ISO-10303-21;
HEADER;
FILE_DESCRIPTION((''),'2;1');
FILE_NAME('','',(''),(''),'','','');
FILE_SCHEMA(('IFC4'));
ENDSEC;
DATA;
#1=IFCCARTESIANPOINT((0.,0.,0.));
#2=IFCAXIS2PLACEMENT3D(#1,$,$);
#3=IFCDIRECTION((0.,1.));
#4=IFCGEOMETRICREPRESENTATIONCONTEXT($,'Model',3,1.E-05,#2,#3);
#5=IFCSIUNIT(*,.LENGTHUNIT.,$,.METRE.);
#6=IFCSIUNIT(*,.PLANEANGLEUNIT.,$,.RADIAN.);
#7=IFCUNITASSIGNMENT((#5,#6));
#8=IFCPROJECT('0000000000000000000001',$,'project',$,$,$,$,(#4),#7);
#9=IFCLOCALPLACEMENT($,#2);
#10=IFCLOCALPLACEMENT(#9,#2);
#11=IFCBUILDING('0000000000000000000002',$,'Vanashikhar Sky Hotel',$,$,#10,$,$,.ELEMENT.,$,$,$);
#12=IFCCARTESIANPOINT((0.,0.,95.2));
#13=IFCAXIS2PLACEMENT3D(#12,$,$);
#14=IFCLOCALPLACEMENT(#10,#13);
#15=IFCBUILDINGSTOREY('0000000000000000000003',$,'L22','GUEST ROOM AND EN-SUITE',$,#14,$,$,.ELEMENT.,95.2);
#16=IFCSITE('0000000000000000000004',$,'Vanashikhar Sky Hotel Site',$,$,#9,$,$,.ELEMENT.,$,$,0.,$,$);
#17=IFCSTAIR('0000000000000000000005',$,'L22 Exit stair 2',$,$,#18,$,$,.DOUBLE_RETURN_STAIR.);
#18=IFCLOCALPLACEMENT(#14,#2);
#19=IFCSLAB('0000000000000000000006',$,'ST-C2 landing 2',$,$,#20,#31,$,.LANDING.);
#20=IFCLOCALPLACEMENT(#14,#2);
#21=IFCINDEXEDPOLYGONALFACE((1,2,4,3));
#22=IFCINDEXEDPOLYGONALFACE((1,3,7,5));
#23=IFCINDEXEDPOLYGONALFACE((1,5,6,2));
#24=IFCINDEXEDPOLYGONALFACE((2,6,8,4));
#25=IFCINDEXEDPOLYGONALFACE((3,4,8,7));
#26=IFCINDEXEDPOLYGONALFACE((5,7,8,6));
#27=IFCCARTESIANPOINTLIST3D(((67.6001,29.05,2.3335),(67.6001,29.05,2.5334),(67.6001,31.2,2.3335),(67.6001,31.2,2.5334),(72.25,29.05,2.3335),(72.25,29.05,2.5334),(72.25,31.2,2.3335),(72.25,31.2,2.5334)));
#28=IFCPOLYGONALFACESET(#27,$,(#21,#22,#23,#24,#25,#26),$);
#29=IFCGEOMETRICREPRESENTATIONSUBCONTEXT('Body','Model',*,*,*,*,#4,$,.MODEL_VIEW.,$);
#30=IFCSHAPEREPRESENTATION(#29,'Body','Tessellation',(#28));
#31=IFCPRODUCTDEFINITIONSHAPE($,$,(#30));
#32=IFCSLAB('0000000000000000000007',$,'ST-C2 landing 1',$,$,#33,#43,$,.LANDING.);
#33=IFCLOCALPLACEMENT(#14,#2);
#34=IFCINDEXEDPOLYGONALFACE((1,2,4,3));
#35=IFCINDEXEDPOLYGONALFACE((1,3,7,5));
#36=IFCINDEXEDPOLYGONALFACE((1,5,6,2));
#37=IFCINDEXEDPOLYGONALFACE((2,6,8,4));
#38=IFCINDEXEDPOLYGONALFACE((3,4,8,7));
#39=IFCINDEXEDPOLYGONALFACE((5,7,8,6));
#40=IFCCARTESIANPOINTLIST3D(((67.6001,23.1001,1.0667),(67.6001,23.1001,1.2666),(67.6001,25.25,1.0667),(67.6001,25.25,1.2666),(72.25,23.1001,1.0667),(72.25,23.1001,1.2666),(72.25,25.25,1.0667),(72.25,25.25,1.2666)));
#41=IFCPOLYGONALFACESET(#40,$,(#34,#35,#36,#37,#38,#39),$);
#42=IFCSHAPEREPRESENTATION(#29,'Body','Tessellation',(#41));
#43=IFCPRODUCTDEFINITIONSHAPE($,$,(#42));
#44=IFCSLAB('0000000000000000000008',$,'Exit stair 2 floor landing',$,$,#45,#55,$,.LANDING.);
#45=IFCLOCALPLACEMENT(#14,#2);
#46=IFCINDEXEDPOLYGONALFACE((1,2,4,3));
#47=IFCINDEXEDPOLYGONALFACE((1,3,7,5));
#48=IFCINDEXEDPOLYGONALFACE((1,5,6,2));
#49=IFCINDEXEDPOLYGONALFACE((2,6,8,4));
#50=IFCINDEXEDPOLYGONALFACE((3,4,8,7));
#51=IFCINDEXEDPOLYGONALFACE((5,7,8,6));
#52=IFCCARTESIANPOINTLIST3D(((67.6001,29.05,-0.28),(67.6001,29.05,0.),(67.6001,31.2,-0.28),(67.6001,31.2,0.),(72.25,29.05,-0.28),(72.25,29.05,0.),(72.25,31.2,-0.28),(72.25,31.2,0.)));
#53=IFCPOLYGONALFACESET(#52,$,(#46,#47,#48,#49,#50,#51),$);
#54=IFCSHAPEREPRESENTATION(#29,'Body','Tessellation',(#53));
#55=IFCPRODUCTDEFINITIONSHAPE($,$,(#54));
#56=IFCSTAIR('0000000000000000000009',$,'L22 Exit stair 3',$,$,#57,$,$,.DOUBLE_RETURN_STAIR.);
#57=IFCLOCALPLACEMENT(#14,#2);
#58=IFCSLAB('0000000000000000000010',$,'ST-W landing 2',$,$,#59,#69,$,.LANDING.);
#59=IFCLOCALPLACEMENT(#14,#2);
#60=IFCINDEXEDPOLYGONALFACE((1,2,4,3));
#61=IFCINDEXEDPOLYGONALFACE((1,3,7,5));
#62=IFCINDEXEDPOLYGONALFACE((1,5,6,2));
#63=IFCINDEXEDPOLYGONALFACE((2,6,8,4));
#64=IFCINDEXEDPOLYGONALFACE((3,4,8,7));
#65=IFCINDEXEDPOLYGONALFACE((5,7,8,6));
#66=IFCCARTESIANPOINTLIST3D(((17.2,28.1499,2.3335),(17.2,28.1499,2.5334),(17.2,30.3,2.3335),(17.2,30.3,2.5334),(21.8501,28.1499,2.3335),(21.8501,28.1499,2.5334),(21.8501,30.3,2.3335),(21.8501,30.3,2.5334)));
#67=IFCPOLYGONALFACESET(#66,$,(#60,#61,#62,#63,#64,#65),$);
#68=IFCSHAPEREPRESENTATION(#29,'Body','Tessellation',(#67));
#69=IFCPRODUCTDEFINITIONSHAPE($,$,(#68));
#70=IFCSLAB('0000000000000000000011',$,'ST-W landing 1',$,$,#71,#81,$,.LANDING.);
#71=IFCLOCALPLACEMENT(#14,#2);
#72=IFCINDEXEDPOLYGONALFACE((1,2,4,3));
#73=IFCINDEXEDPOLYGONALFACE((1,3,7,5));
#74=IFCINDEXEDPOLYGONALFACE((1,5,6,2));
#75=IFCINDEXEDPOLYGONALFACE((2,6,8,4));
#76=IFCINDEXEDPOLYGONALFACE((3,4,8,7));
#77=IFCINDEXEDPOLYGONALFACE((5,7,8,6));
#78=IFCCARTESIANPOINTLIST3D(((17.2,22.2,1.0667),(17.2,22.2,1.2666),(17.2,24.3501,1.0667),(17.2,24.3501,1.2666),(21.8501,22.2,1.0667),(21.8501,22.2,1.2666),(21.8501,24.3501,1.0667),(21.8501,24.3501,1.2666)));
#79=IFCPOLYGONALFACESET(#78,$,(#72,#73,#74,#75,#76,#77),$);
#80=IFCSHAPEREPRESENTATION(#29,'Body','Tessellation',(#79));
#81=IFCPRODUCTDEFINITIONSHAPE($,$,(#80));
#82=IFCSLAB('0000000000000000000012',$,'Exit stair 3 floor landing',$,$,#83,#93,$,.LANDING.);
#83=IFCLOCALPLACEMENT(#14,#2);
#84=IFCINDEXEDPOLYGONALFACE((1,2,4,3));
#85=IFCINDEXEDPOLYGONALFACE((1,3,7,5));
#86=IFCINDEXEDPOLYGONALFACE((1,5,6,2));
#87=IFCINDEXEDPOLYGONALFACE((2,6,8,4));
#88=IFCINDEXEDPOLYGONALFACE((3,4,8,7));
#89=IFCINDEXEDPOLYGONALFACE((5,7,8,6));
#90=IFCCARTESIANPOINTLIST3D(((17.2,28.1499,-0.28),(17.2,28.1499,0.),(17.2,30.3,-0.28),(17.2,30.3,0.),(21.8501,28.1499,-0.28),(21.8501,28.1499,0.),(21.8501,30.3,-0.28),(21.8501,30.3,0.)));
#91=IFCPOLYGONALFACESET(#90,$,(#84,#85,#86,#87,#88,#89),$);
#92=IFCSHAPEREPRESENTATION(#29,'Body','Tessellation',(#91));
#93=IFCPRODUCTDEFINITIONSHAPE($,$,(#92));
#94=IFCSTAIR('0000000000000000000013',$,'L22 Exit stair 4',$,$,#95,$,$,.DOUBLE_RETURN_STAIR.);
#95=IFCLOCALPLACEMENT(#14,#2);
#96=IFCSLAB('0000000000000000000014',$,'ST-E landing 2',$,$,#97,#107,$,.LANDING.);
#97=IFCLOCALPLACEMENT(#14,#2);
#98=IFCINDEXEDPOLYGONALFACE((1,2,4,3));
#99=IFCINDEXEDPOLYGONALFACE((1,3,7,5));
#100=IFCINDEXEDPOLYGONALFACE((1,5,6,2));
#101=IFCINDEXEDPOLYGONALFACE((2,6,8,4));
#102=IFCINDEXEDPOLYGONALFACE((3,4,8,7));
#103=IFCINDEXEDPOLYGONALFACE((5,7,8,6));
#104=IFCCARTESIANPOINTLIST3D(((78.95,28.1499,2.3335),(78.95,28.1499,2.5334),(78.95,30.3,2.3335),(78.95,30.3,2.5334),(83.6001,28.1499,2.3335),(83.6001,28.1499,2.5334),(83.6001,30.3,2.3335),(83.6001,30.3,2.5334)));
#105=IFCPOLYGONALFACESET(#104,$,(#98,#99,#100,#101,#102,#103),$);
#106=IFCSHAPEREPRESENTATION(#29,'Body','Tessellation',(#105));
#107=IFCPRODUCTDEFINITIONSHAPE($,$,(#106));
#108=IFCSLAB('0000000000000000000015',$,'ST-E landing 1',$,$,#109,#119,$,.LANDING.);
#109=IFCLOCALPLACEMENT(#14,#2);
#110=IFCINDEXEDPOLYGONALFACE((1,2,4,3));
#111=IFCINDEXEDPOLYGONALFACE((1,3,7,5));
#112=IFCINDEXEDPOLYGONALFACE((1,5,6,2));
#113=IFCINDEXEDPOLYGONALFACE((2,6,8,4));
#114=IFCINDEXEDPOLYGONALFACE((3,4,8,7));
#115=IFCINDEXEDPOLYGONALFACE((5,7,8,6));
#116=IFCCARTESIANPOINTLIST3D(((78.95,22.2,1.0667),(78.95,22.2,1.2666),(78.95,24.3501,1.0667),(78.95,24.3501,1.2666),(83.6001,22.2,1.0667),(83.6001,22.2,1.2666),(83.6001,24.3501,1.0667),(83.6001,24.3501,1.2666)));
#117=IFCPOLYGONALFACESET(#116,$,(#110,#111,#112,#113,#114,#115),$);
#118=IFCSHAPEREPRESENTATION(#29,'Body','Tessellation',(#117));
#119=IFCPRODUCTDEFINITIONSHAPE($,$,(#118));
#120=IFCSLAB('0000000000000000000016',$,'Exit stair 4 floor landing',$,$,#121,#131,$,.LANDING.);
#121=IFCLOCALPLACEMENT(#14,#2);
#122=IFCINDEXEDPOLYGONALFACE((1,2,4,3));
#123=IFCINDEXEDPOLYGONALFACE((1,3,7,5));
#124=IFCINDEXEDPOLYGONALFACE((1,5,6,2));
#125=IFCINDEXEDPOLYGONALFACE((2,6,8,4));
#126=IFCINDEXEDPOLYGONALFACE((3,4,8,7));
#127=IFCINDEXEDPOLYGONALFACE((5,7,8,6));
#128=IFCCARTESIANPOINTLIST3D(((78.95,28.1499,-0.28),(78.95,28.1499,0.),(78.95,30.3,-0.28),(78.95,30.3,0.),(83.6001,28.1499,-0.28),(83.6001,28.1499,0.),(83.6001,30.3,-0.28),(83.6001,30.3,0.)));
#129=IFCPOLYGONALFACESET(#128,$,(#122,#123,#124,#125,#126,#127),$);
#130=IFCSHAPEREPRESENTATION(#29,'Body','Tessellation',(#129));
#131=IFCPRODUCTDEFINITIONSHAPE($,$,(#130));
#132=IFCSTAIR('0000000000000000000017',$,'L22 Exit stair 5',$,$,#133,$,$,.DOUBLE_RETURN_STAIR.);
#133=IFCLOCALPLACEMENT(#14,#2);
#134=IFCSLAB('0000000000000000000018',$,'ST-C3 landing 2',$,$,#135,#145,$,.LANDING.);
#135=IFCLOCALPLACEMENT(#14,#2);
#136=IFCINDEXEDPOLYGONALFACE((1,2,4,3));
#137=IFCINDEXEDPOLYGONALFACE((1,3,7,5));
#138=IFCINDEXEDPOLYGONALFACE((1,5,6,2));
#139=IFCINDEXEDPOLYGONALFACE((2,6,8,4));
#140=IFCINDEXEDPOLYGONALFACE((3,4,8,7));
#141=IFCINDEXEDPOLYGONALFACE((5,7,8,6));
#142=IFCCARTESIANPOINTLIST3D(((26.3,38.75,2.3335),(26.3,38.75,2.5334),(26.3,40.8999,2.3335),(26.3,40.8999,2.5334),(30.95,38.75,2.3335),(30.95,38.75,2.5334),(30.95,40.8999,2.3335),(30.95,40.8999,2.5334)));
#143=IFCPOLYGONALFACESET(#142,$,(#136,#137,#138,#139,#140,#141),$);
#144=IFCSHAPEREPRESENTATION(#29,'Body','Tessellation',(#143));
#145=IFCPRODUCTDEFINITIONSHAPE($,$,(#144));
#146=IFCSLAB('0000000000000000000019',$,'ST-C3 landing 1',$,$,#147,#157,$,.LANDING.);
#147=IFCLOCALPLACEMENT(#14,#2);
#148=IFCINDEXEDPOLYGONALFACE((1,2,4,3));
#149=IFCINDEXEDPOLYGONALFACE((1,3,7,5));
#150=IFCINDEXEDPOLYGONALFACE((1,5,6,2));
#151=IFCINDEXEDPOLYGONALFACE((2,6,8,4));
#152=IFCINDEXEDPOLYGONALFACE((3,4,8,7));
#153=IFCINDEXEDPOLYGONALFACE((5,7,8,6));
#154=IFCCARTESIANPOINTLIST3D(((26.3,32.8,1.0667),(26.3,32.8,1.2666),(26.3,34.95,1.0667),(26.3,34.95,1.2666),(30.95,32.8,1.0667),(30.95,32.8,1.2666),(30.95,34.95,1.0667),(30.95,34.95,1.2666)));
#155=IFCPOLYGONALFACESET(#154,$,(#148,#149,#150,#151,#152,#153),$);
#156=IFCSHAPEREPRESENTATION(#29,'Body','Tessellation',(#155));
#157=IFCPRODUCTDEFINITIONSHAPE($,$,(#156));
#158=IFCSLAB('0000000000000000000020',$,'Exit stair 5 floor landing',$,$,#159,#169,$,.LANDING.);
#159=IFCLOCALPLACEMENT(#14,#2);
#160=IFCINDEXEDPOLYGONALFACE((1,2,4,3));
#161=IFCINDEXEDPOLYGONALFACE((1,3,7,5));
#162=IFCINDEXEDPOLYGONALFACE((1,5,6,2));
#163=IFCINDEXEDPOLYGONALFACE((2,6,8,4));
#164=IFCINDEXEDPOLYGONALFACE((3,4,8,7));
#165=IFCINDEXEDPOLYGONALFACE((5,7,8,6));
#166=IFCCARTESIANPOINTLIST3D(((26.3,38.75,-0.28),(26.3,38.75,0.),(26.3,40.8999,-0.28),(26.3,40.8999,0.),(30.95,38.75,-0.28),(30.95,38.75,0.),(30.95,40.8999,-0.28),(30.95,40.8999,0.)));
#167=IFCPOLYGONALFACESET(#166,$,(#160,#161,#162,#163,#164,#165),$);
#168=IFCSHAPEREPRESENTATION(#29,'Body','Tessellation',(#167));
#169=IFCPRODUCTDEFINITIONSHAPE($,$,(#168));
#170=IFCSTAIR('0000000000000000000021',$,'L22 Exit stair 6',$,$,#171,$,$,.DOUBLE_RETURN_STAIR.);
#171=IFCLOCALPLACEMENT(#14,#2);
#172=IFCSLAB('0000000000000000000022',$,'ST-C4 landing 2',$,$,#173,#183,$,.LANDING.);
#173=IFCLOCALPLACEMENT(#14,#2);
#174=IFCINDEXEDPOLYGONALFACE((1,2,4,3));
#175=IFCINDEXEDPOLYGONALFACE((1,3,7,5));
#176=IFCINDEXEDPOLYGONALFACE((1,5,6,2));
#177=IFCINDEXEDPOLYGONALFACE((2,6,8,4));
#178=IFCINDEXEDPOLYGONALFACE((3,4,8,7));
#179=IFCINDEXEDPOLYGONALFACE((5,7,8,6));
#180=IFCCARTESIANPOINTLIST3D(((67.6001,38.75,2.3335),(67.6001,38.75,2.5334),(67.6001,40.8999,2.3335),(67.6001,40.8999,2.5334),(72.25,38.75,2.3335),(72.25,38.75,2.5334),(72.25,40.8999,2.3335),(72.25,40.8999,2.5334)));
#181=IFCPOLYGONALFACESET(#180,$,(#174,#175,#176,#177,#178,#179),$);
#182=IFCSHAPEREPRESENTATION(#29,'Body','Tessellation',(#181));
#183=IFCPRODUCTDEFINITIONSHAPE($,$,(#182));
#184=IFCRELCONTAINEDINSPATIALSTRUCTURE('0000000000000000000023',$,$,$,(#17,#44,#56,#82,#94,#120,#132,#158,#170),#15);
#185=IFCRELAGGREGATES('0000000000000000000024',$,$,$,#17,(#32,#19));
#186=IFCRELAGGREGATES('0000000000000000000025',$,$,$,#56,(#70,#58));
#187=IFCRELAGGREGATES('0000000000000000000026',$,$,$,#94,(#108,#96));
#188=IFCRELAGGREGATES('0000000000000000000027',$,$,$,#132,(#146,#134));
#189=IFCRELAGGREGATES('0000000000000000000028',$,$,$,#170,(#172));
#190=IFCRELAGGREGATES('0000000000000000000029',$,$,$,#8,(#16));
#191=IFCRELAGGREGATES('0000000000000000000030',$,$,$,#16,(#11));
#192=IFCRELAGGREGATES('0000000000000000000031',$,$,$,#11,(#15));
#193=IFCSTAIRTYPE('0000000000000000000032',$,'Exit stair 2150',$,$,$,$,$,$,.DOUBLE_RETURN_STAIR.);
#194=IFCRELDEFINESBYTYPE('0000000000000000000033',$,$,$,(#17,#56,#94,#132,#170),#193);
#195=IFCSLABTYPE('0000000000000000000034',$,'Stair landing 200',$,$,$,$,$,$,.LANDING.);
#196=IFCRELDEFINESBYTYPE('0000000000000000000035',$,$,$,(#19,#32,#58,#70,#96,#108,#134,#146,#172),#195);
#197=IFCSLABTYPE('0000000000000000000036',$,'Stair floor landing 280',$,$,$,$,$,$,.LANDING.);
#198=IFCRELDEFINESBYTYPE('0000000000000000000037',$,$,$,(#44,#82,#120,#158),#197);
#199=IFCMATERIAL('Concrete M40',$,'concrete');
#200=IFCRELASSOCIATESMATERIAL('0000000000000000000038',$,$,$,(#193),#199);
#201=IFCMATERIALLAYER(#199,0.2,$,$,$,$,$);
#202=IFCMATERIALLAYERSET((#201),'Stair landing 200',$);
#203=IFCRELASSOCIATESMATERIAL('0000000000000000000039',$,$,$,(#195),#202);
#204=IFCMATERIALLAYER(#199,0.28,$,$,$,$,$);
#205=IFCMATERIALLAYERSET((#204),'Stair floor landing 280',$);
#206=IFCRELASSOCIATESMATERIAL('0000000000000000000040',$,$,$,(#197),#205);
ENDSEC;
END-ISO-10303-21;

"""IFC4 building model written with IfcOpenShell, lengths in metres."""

from ifc_helpers import new_model, si_unit, direction, frame, origin, place, context, subcontext, project, spatial, polyline, outline, extrude, source, transform, mapped, material, layer, layer_set, type_object, element, aggregate, save


model = new_model("IFC4")

# Units and contexts
model_context = context("Model", 3, precision=1e-05, world=origin(), true_north=direction((0.0, 1.0)))
body_context = subcontext(model_context, "Body", "Model", "MODEL_VIEW")
ifc_project = project(units=[si_unit("LENGTHUNIT", "METRE"), si_unit("PLANEANGLEUNIT", "RADIAN")], contexts=[model_context])

# Site, building, storey
site_placement = place(None, origin())
site = spatial("IfcSite", under=ifc_project, at=site_placement, Name="Vanashikhar Sky Hotel Site", CompositionType="ELEMENT", RefElevation=0.0)
building_placement = place(site_placement, origin())
building = spatial("IfcBuilding", under=site, at=building_placement, Name="Vanashikhar Sky Hotel", CompositionType="ELEMENT")
storey_placement = place(building_placement, frame((0.0, 0.0, 95.2)))
storey = spatial("IfcBuildingStorey", under=building, at=storey_placement, Name="L22", Description="GUEST ROOM AND EN-SUITE", CompositionType="ELEMENT", Elevation=95.2)

# Shared definitions
ifc_material_1 = material(Name="Concrete M40", Category="concrete")

# Shared definitions
stair_type = type_object("IfcStairType", Name="Exit stair 2150", PredefinedType="DOUBLE_RETURN_STAIR", material=ifc_material_1)
ifc_layer_1 = layer(ifc_material_1, 0.2)
ifc_layer_set_1 = layer_set([ifc_layer_1], Name="Stair landing 200")
slab_type_1 = type_object("IfcSlabType", Name="Stair landing 200", PredefinedType="LANDING", material=ifc_layer_set_1)

# Shared definitions
ifc_layer_2 = layer(ifc_material_1, 0.28)
ifc_layer_set_2 = layer_set([ifc_layer_2], Name="Stair floor landing 280")
slab_type_2 = type_object("IfcSlabType", Name="Stair floor landing 280", PredefinedType="LANDING", material=ifc_layer_set_2)

# Stair, slabs
stair_1_placement = place(storey_placement, origin())
stair_1 = element("IfcStair", 1, at=stair_1_placement, inside=storey, type_object=stair_type, Name="L22 Exit stair 2", PredefinedType="DOUBLE_RETURN_STAIR")
shared_shape_1 = source(origin(), body_context, "Body", "SweptSolid", [
    extrude(outline(polyline([(72.25, 29.05), (72.25, 31.2), (67.6001, 31.2), (67.6001, 29.05), (72.25, 29.05)])), origin(), (0.0, 0.0, 1.0), 0.2),
])
slab_1_placement = place(storey_placement, frame((0.0, 0.0, 2.3335)))
slab_1 = element("IfcSlab", 2, at=slab_1_placement, type_object=slab_type_1, Name="ST-C2 landing 2", PredefinedType="LANDING", context=body_context, shape_type="MappedRepresentation", body=[
    mapped(shared_shape_1, transform((0.0, 0.0, 0.0), scale=1.0)),
])
shared_shape_2 = source(origin(), body_context, "Body", "SweptSolid", [
    extrude(outline(polyline([(72.25, 23.1001), (72.25, 25.25), (67.6001, 25.25), (67.6001, 23.1001), (72.25, 23.1001)])), origin(), (0.0, 0.0, 1.0), 0.2),
])
slab_2_placement = place(storey_placement, frame((0.0, 0.0, 1.0667)))
slab_2 = element("IfcSlab", 3, at=slab_2_placement, type_object=slab_type_1, Name="ST-C2 landing 1", PredefinedType="LANDING", context=body_context, shape_type="MappedRepresentation", body=[
    mapped(shared_shape_2, transform((0.0, 0.0, 0.0), scale=1.0)),
])
aggregate(stair_1, [slab_2, slab_1])

# Slab
shared_shape_3 = source(origin(), body_context, "Body", "SweptSolid", [
    extrude(outline(polyline([(72.25, 29.05), (72.25, 31.2), (67.6001, 31.2), (67.6001, 29.05), (72.25, 29.05)])), origin(), (0.0, 0.0, 1.0), 0.28),
])
slab_3_placement = place(storey_placement, frame((0.0, 0.0, -0.28)))
element("IfcSlab", 4, at=slab_3_placement, inside=storey, type_object=slab_type_2, Name="Exit stair 2 floor landing", PredefinedType="LANDING", context=body_context, shape_type="MappedRepresentation", body=[
    mapped(shared_shape_3, transform((0.0, 0.0, 0.0), scale=1.0)),
])

# Stair, slabs
stair_2_placement = place(storey_placement, origin())
stair_2 = element("IfcStair", 5, at=stair_2_placement, inside=storey, type_object=stair_type, Name="L22 Exit stair 3", PredefinedType="DOUBLE_RETURN_STAIR")
shared_shape_4 = source(origin(), body_context, "Body", "SweptSolid", [
    extrude(outline(polyline([(21.8501, 28.1499), (21.8501, 30.3), (17.2, 30.3), (17.2, 28.1499), (21.8501, 28.1499)])), origin(), (0.0, 0.0, 1.0), 0.2),
])
slab_4_placement = place(storey_placement, frame((0.0, 0.0, 2.3335)))
slab_4 = element("IfcSlab", 6, at=slab_4_placement, type_object=slab_type_1, Name="ST-W landing 2", PredefinedType="LANDING", context=body_context, shape_type="MappedRepresentation", body=[
    mapped(shared_shape_4, transform((0.0, 0.0, 0.0), scale=1.0)),
])
shared_shape_5 = source(origin(), body_context, "Body", "SweptSolid", [
    extrude(outline(polyline([(21.8501, 22.2), (21.8501, 24.3501), (17.2, 24.3501), (17.2, 22.2), (21.8501, 22.2)])), origin(), (0.0, 0.0, 1.0), 0.2),
])
slab_5_placement = place(storey_placement, frame((0.0, 0.0, 1.0667)))
slab_5 = element("IfcSlab", 7, at=slab_5_placement, type_object=slab_type_1, Name="ST-W landing 1", PredefinedType="LANDING", context=body_context, shape_type="MappedRepresentation", body=[
    mapped(shared_shape_5, transform((0.0, 0.0, 0.0), scale=1.0)),
])
aggregate(stair_2, [slab_5, slab_4])

# Slab
shared_shape_6 = source(origin(), body_context, "Body", "SweptSolid", [
    extrude(outline(polyline([(21.8501, 28.1499), (21.8501, 30.3), (17.2, 30.3), (17.2, 28.1499), (21.8501, 28.1499)])), origin(), (0.0, 0.0, 1.0), 0.28),
])
slab_6_placement = place(storey_placement, frame((0.0, 0.0, -0.28)))
element("IfcSlab", 8, at=slab_6_placement, inside=storey, type_object=slab_type_2, Name="Exit stair 3 floor landing", PredefinedType="LANDING", context=body_context, shape_type="MappedRepresentation", body=[
    mapped(shared_shape_6, transform((0.0, 0.0, 0.0), scale=1.0)),
])

# Stair, slabs
stair_3_placement = place(storey_placement, origin())
stair_3 = element("IfcStair", 9, at=stair_3_placement, inside=storey, type_object=stair_type, Name="L22 Exit stair 4", PredefinedType="DOUBLE_RETURN_STAIR")
shared_shape_7 = source(origin(), body_context, "Body", "SweptSolid", [
    extrude(outline(polyline([(83.6001, 28.1499), (83.6001, 30.3), (78.95, 30.3), (78.95, 28.1499), (83.6001, 28.1499)])), origin(), (0.0, 0.0, 1.0), 0.2),
])
slab_7_placement = place(storey_placement, frame((0.0, 0.0, 2.3335)))
slab_7 = element("IfcSlab", 10, at=slab_7_placement, type_object=slab_type_1, Name="ST-E landing 2", PredefinedType="LANDING", context=body_context, shape_type="MappedRepresentation", body=[
    mapped(shared_shape_7, transform((0.0, 0.0, 0.0), scale=1.0)),
])
shared_shape_8 = source(origin(), body_context, "Body", "SweptSolid", [
    extrude(outline(polyline([(83.6001, 22.2), (83.6001, 24.3501), (78.95, 24.3501), (78.95, 22.2), (83.6001, 22.2)])), origin(), (0.0, 0.0, 1.0), 0.2),
])
slab_8_placement = place(storey_placement, frame((0.0, 0.0, 1.0667)))
slab_8 = element("IfcSlab", 11, at=slab_8_placement, type_object=slab_type_1, Name="ST-E landing 1", PredefinedType="LANDING", context=body_context, shape_type="MappedRepresentation", body=[
    mapped(shared_shape_8, transform((0.0, 0.0, 0.0), scale=1.0)),
])
aggregate(stair_3, [slab_8, slab_7])

# Slab
shared_shape_9 = source(origin(), body_context, "Body", "SweptSolid", [
    extrude(outline(polyline([(83.6001, 28.1499), (83.6001, 30.3), (78.95, 30.3), (78.95, 28.1499), (83.6001, 28.1499)])), origin(), (0.0, 0.0, 1.0), 0.28),
])
slab_9_placement = place(storey_placement, frame((0.0, 0.0, -0.28)))
element("IfcSlab", 12, at=slab_9_placement, inside=storey, type_object=slab_type_2, Name="Exit stair 4 floor landing", PredefinedType="LANDING", context=body_context, shape_type="MappedRepresentation", body=[
    mapped(shared_shape_9, transform((0.0, 0.0, 0.0), scale=1.0)),
])

# Stair, slabs
stair_4_placement = place(storey_placement, origin())
stair_4 = element("IfcStair", 13, at=stair_4_placement, inside=storey, type_object=stair_type, Name="L22 Exit stair 5", PredefinedType="DOUBLE_RETURN_STAIR")
shared_shape_10 = source(origin(), body_context, "Body", "SweptSolid", [
    extrude(outline(polyline([(30.95, 38.75), (30.95, 40.8999), (26.3, 40.8999), (26.3, 38.75), (30.95, 38.75)])), origin(), (0.0, 0.0, 1.0), 0.2),
])
slab_10_placement = place(storey_placement, frame((0.0, 0.0, 2.3335)))
slab_10 = element("IfcSlab", 14, at=slab_10_placement, type_object=slab_type_1, Name="ST-C3 landing 2", PredefinedType="LANDING", context=body_context, shape_type="MappedRepresentation", body=[
    mapped(shared_shape_10, transform((0.0, 0.0, 0.0), scale=1.0)),
])
shared_shape_11 = source(origin(), body_context, "Body", "SweptSolid", [
    extrude(outline(polyline([(30.95, 32.8), (30.95, 34.95), (26.3, 34.95), (26.3, 32.8), (30.95, 32.8)])), origin(), (0.0, 0.0, 1.0), 0.2),
])
slab_11_placement = place(storey_placement, frame((0.0, 0.0, 1.0667)))
slab_11 = element("IfcSlab", 15, at=slab_11_placement, type_object=slab_type_1, Name="ST-C3 landing 1", PredefinedType="LANDING", context=body_context, shape_type="MappedRepresentation", body=[
    mapped(shared_shape_11, transform((0.0, 0.0, 0.0), scale=1.0)),
])
aggregate(stair_4, [slab_11, slab_10])

# Slab
shared_shape_12 = source(origin(), body_context, "Body", "SweptSolid", [
    extrude(outline(polyline([(30.95, 38.75), (30.95, 40.8999), (26.3, 40.8999), (26.3, 38.75), (30.95, 38.75)])), origin(), (0.0, 0.0, 1.0), 0.28),
])
slab_12_placement = place(storey_placement, frame((0.0, 0.0, -0.28)))
element("IfcSlab", 16, at=slab_12_placement, inside=storey, type_object=slab_type_2, Name="Exit stair 5 floor landing", PredefinedType="LANDING", context=body_context, shape_type="MappedRepresentation", body=[
    mapped(shared_shape_12, transform((0.0, 0.0, 0.0), scale=1.0)),
])

# Stair, slab
stair_5_placement = place(storey_placement, origin())
stair_5 = element("IfcStair", 17, at=stair_5_placement, inside=storey, type_object=stair_type, Name="L22 Exit stair 6", PredefinedType="DOUBLE_RETURN_STAIR")
shared_shape_13 = source(origin(), body_context, "Body", "SweptSolid", [
    extrude(outline(polyline([(72.25, 38.75), (72.25, 40.8999), (67.6001, 40.8999), (67.6001, 38.75), (72.25, 38.75)])), origin(), (0.0, 0.0, 1.0), 0.2),
])
slab_13_placement = place(storey_placement, frame((0.0, 0.0, 2.3335)))
slab_13 = element("IfcSlab", 18, at=slab_13_placement, type_object=slab_type_1, Name="ST-C4 landing 2", PredefinedType="LANDING", context=body_context, shape_type="MappedRepresentation", body=[
    mapped(shared_shape_13, transform((0.0, 0.0, 0.0), scale=1.0)),
])
aggregate(stair_5, [slab_13])

save(model, "model.ifc")
